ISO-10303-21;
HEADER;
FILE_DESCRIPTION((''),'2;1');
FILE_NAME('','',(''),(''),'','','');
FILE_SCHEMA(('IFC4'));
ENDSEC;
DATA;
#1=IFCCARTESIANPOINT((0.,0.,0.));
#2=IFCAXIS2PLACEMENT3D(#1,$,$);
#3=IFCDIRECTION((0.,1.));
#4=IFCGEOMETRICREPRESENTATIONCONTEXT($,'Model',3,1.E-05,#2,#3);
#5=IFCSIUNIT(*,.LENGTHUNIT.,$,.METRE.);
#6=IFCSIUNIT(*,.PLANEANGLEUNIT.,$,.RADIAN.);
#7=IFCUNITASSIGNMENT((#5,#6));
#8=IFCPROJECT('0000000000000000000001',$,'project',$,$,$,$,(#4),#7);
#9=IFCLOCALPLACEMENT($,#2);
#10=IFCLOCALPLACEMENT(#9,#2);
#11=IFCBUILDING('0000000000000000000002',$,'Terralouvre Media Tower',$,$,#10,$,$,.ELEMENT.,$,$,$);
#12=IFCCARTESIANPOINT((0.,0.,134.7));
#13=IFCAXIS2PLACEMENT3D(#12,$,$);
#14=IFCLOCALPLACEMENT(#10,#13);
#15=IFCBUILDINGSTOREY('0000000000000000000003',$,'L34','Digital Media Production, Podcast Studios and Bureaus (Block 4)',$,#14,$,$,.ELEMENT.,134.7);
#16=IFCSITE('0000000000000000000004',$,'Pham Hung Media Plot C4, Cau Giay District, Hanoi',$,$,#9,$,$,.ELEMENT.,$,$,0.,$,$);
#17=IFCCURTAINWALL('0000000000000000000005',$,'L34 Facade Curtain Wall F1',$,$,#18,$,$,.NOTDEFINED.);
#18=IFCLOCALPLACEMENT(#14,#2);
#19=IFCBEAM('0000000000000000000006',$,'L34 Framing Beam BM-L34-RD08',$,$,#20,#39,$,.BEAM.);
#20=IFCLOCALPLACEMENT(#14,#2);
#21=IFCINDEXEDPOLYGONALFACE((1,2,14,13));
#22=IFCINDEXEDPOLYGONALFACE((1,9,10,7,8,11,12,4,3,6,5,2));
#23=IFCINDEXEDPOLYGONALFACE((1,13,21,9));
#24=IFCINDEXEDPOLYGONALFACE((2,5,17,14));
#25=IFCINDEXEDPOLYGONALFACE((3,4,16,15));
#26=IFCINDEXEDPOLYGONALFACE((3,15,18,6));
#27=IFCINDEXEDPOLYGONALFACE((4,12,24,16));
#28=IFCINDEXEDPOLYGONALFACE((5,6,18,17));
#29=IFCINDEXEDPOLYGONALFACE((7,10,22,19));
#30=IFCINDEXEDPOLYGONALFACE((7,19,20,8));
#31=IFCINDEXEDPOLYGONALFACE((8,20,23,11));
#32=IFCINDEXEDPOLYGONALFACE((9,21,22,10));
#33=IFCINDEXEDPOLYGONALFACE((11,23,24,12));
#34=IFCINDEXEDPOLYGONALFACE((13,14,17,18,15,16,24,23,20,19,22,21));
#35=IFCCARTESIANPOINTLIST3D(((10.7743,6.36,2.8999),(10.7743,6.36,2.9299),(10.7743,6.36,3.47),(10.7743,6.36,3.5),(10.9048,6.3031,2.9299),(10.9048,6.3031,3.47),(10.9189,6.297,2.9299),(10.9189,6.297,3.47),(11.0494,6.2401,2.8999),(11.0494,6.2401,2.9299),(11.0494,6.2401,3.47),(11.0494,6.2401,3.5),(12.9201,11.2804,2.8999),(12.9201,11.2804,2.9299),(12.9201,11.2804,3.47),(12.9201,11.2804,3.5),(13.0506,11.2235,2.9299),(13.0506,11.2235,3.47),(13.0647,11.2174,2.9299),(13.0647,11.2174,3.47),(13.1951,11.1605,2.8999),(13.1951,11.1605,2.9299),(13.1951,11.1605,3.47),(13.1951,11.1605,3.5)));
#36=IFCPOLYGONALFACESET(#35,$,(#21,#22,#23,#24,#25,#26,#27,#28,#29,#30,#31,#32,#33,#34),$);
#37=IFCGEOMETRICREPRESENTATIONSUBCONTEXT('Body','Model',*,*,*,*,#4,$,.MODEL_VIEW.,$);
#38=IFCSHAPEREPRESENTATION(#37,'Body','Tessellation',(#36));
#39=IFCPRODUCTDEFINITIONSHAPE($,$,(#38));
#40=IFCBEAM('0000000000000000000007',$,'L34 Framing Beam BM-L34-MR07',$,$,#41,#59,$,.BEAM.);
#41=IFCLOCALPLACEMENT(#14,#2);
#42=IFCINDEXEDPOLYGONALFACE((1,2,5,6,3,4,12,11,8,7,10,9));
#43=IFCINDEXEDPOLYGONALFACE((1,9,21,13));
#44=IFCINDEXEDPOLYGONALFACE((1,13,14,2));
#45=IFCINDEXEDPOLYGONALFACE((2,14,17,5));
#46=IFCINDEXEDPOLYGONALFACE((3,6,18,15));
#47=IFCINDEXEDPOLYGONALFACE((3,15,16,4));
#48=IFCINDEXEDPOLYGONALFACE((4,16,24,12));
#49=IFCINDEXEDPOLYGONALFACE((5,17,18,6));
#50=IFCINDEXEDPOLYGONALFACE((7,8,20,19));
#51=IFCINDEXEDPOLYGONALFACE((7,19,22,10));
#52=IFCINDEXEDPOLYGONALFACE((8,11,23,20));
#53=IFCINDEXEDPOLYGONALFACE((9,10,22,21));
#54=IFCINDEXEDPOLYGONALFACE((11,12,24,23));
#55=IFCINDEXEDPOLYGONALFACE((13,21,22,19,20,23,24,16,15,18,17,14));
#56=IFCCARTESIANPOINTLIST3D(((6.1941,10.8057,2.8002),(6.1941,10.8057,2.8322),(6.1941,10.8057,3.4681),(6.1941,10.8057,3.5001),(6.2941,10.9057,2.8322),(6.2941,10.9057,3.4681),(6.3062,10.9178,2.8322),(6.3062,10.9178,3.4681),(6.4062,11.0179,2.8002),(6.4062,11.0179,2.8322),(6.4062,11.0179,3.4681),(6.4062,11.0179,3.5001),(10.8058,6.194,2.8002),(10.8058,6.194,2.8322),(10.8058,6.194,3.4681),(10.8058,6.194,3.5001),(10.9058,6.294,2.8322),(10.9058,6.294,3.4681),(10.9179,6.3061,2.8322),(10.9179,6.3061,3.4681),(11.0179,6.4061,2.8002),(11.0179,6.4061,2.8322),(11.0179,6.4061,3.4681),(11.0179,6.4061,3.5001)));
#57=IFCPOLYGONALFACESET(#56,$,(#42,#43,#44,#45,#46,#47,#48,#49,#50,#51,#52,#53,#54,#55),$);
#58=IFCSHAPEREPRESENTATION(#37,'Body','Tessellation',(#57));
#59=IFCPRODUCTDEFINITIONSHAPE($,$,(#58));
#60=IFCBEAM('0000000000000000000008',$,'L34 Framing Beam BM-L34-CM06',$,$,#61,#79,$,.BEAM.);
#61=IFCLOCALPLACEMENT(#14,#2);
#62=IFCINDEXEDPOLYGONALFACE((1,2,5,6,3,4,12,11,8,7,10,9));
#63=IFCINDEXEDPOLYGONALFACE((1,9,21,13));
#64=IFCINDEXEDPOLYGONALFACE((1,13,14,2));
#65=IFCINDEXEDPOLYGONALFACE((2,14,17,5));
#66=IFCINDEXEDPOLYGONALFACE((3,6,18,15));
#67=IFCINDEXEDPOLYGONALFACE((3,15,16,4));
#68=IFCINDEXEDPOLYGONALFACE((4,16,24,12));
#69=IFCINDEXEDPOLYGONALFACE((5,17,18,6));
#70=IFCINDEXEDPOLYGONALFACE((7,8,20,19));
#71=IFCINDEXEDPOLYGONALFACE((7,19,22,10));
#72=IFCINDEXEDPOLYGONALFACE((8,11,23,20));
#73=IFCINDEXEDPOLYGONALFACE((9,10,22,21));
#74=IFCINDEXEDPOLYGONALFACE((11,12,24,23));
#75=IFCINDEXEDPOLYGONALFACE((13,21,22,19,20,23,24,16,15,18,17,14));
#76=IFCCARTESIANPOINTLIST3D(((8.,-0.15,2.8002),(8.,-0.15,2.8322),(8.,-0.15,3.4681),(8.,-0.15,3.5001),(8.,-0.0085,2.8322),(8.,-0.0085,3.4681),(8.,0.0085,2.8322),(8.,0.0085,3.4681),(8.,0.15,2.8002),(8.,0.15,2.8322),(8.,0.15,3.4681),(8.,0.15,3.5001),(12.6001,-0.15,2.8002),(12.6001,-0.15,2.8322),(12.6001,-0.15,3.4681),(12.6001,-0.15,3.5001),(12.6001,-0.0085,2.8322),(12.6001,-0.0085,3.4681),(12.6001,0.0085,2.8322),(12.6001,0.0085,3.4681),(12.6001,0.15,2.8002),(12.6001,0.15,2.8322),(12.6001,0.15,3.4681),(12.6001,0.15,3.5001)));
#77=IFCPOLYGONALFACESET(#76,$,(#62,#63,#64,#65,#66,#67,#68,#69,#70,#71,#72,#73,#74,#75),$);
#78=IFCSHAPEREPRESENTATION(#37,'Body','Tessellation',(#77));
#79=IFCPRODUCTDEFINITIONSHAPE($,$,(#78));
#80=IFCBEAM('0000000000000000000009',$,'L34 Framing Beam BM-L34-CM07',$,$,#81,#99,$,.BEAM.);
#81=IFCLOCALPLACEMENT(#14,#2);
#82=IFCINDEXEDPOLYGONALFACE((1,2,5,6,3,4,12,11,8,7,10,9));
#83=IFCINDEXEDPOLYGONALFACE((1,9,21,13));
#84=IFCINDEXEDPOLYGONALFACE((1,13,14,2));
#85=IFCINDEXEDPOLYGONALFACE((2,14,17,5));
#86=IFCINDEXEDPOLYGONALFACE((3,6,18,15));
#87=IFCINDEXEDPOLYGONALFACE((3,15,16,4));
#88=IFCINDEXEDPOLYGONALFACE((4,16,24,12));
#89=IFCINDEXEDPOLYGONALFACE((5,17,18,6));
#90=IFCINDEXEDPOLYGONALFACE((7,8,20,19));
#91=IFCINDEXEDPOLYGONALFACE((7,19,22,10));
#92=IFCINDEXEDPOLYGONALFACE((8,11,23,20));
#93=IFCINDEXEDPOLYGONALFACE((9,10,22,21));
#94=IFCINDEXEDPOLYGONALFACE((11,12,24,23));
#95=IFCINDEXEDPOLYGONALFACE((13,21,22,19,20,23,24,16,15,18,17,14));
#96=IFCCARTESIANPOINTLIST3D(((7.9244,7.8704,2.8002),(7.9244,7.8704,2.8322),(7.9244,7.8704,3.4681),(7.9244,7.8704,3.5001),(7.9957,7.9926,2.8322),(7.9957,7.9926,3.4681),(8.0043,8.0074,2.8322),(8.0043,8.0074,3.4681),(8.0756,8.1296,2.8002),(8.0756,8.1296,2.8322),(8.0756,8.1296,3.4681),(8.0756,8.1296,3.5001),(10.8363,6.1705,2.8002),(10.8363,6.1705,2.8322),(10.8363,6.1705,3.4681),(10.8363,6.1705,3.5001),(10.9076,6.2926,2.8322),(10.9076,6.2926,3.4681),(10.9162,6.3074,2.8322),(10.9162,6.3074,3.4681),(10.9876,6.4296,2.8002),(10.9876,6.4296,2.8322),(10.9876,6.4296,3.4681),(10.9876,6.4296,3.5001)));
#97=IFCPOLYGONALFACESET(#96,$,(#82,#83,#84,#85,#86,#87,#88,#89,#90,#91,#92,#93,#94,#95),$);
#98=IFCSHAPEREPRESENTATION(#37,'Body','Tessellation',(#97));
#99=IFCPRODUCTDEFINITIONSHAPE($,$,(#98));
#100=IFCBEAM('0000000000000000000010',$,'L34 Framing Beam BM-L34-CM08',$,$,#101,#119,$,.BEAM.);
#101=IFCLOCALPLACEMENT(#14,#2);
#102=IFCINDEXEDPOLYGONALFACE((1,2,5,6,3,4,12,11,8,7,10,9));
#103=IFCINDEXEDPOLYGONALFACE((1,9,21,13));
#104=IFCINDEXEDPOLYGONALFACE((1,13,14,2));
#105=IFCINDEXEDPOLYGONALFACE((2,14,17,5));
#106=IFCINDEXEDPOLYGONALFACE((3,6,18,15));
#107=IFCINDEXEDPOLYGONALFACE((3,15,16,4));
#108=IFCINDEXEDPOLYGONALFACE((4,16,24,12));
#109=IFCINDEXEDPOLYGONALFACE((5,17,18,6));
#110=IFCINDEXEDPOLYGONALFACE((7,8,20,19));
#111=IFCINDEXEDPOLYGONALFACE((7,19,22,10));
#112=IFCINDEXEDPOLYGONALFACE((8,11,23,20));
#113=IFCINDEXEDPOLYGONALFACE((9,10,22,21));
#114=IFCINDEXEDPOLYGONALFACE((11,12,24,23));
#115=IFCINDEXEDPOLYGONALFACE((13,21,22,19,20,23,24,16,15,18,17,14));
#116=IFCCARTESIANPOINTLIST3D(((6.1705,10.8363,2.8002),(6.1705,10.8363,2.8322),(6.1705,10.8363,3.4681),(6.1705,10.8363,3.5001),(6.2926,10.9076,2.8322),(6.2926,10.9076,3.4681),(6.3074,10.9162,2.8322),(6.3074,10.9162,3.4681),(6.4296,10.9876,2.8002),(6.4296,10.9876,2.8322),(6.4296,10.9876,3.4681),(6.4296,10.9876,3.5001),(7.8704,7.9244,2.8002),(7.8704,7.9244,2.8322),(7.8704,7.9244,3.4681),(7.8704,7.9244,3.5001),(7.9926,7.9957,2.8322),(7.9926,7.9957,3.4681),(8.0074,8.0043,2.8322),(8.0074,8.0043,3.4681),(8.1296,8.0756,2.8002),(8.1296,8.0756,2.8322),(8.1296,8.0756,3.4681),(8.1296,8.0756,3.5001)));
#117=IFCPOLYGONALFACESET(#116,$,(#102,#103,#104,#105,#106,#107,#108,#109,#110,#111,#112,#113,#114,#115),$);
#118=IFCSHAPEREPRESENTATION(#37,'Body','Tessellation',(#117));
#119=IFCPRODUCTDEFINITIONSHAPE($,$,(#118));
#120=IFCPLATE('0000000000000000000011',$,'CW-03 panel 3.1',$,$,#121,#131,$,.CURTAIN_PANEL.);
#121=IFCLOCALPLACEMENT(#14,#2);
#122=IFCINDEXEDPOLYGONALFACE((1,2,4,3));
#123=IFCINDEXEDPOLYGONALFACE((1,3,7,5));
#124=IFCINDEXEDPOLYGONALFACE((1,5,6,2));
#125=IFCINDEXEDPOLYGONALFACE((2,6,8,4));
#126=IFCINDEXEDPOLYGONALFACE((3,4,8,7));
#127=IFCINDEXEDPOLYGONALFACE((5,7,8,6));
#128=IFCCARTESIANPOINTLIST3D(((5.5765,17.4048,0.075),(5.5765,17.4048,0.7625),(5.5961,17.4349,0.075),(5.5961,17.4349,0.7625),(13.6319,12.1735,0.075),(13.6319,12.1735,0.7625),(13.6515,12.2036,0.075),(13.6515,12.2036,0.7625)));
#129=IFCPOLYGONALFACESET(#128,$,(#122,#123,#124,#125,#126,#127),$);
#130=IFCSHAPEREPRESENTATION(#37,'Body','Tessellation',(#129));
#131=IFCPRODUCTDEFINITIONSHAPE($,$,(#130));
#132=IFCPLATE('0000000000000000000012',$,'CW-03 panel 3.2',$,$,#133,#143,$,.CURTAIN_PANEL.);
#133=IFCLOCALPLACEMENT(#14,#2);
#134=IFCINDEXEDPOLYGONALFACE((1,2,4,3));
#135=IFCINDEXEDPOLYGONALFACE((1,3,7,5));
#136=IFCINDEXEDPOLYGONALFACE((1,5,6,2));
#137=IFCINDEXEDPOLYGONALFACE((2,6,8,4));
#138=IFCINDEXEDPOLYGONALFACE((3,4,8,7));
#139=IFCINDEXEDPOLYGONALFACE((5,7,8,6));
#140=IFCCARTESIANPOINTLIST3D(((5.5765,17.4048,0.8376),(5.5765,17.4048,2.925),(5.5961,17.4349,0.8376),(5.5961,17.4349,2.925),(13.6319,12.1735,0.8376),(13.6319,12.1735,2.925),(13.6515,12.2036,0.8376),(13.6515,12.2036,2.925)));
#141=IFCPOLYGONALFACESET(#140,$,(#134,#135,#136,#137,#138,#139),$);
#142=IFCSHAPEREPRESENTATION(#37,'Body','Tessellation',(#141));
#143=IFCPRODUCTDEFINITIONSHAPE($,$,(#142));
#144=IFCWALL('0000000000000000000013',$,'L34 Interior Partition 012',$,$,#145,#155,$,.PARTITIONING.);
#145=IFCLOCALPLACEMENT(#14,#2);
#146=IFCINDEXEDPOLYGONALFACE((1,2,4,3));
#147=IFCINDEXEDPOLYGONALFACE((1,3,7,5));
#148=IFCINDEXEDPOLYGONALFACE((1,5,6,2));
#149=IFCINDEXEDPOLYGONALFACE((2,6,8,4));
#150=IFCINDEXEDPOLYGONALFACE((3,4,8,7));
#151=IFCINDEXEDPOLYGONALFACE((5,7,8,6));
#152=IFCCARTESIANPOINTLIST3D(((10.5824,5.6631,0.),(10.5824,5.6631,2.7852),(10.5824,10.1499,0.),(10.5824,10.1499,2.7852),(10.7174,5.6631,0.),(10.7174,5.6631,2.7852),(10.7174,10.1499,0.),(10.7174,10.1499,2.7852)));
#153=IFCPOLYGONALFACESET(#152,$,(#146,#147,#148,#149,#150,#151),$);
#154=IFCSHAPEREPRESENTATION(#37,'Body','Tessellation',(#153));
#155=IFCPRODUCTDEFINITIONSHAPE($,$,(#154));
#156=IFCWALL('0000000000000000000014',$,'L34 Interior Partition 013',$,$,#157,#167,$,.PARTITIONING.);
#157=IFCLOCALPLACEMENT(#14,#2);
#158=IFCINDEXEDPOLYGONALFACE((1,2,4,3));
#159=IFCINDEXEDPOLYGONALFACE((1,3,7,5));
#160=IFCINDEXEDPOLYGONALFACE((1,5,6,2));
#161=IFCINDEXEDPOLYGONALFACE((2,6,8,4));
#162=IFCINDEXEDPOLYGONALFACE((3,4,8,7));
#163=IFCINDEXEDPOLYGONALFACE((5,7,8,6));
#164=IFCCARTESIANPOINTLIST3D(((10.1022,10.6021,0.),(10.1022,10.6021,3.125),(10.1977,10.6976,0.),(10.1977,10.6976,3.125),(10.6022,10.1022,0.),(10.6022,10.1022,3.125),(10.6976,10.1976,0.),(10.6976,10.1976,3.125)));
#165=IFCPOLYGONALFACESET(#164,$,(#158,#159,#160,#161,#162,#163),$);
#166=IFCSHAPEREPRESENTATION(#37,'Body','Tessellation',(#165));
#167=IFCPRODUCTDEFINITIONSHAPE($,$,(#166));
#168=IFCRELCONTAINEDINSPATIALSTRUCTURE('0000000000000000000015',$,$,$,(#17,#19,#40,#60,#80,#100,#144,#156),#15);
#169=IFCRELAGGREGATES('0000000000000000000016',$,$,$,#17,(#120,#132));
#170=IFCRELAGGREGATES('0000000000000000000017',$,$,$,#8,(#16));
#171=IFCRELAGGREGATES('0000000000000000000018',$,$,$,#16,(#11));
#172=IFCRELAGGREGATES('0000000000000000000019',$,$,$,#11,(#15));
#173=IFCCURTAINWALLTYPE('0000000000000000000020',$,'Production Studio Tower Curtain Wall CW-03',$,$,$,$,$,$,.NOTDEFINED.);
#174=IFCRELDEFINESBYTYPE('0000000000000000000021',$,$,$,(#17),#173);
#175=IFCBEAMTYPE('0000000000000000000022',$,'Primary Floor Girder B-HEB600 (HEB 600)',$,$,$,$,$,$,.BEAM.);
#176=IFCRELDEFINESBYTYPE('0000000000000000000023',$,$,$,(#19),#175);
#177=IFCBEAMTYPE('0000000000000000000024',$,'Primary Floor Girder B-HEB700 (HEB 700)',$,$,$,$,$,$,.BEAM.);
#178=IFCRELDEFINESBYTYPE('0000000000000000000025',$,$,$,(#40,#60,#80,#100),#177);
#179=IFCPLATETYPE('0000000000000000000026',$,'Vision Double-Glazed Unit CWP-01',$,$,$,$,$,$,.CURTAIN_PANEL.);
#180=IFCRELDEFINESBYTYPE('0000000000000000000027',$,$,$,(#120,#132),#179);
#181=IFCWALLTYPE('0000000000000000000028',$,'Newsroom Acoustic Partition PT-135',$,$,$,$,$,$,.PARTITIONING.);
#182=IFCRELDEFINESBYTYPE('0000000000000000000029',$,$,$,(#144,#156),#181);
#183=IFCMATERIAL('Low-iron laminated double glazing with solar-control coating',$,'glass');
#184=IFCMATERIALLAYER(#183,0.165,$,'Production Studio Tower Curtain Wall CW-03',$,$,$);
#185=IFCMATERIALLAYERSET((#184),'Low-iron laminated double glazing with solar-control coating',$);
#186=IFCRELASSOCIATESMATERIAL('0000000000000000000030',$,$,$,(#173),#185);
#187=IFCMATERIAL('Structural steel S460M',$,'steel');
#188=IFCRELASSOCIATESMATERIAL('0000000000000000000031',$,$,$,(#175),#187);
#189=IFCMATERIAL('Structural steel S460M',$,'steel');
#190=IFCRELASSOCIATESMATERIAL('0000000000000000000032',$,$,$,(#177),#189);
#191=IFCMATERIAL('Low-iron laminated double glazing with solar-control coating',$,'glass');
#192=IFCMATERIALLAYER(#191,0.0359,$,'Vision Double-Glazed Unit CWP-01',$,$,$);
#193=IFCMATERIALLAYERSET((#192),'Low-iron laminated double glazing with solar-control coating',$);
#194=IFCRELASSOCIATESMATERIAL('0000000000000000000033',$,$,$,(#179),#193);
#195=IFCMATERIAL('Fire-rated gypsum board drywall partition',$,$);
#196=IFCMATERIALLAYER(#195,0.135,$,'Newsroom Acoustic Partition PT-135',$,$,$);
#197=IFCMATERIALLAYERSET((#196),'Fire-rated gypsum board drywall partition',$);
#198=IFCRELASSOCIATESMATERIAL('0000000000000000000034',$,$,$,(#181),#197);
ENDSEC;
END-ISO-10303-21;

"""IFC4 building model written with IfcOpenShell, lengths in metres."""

from ifc_helpers import new_model, si_unit, direction, frame, frame_2d, origin, origin_2d, place, context, subcontext, project, spatial, rectangle, i_section, extrude, material, layer, layer_set, material_profile, profile_set, type_object, element, aggregate, save


model = new_model("IFC4")

# Units and contexts
model_context = context("Model", 3, precision=1e-05, world=origin(), true_north=direction((0.0, 1.0)))
body_context = subcontext(model_context, "Body", "Model", "MODEL_VIEW")
ifc_project = project(units=[si_unit("LENGTHUNIT", "METRE"), si_unit("PLANEANGLEUNIT", "RADIAN")], contexts=[model_context])

# Site, building, storey
site_placement = place(None, origin())
site = spatial("IfcSite", under=ifc_project, at=site_placement, Name="Pham Hung Media Plot C4, Cau Giay District, Hanoi", CompositionType="ELEMENT", RefElevation=0.0)
building_placement = place(site_placement, origin())
building = spatial("IfcBuilding", under=site, at=building_placement, Name="Terralouvre Media Tower", CompositionType="ELEMENT")
storey_placement = place(building_placement, frame((0.0, 0.0, 134.7)))
storey = spatial("IfcBuildingStorey", under=building, at=storey_placement, Name="L34", Description="Digital Media Production, Podcast Studios and Bureaus (Block 4)", CompositionType="ELEMENT", Elevation=134.7)

# Curtain wall
ifc_material_1 = material(Name="Low-iron laminated double glazing with solar-control coating", Category="glass")
ifc_layer_1 = layer(ifc_material_1, 0.165, Name="Production Studio Tower Curtain Wall CW-03")
ifc_layer_set_1 = layer_set([ifc_layer_1], Name="Low-iron laminated double glazing with solar-control coating")
curtain_wall_type = type_object("IfcCurtainWallType", Name="Production Studio Tower Curtain Wall CW-03", PredefinedType="NOTDEFINED", material=ifc_layer_set_1)
curtain_wall_placement = place(storey_placement, origin())
curtain_wall = element("IfcCurtainWall", 1, at=curtain_wall_placement, inside=storey, type_object=curtain_wall_type, Name="L34 Facade Curtain Wall F1", PredefinedType="NOTDEFINED")

# Beams
ifc_material_2 = material(Name="Structural steel S460M", Category="steel")
ifc_material_profile_1 = material_profile(ifc_material_2, i_section(OverallWidth=0.3, OverallDepth=0.6001, WebThickness=0.0154, FlangeThickness=0.03, at=origin_2d()), Name="HEB 600")
ifc_profile_set_1 = profile_set([ifc_material_profile_1], Name="Structural steel S460M")
beam_type_1 = type_object("IfcBeamType", Name="Primary Floor Girder B-HEB600 (HEB 600)", PredefinedType="BEAM", material=ifc_profile_set_1)
beam_1_placement = place(storey_placement, frame((10.9119, 6.3, 3.2), z_axis=(0.399735, 0.916631, 0.0), x_axis=(-0.916631, 0.399735, 0.0)))
element("IfcBeam", 2, at=beam_1_placement, inside=storey, type_object=beam_type_1, Name="L34 Framing Beam BM-L34-RD08", PredefinedType="BEAM", context=body_context, shape_type="SweptSolid", body=[
    extrude(i_section(OverallWidth=0.3, OverallDepth=0.6001, WebThickness=0.0154, FlangeThickness=0.03, at=origin_2d()), origin(), (0.0, 0.0, 1.0), 5.3679),
])
ifc_material_3 = material(Name="Structural steel S460M", Category="steel")
ifc_material_profile_2 = material_profile(ifc_material_3, i_section(OverallWidth=0.3, OverallDepth=0.7, WebThickness=0.0171, FlangeThickness=0.032, at=origin_2d()), Name="HEB 700")
ifc_profile_set_2 = profile_set([ifc_material_profile_2], Name="Structural steel S460M")
beam_type_2 = type_object("IfcBeamType", Name="Primary Floor Girder B-HEB700 (HEB 700)", PredefinedType="BEAM", material=ifc_profile_set_2)
beam_2_placement = place(storey_placement, frame((10.9119, 6.3, 3.1501), z_axis=(-0.707107, 0.707107, 0.0), x_axis=(-0.707107, -0.707107, 0.0)))
element("IfcBeam", 3, at=beam_2_placement, inside=storey, type_object=beam_type_2, Name="L34 Framing Beam BM-L34-MR07", PredefinedType="BEAM", context=body_context, shape_type="SweptSolid", body=[
    extrude(i_section(OverallWidth=0.3, OverallDepth=0.7, WebThickness=0.0171, FlangeThickness=0.032, at=origin_2d()), origin(), (0.0, 0.0, 1.0), 6.522),
])
beam_3_placement = place(storey_placement, frame((8.0, 0.0, 3.1501), z_axis=(1.0, 0.0, 0.0), x_axis=(0.0, 1.0, 0.0)))
element("IfcBeam", 4, at=beam_3_placement, inside=storey, type_object=beam_type_2, Name="L34 Framing Beam BM-L34-CM06", PredefinedType="BEAM", context=body_context, shape_type="SweptSolid", body=[
    extrude(i_section(OverallWidth=0.3, OverallDepth=0.7, WebThickness=0.0171, FlangeThickness=0.032, at=origin_2d()), origin(), (0.0, 0.0, 1.0), 4.6001),
])
for number, where, z_axis, x_axis, name in (
    (5, (8.0, 8.0, 3.1501), (0.863603, -0.504173, 0.0), (0.504173, 0.863603, 0.0), "L34 Framing Beam BM-L34-CM07"),
    (6, (8.0, 8.0, 3.1501), (-0.504173, 0.863603, 0.0), (-0.863603, -0.504173, 0.0), "L34 Framing Beam BM-L34-CM08"),
):
    element("IfcBeam", number, at=place(storey_placement, frame(where, z_axis=z_axis, x_axis=x_axis)), inside=storey, type_object=beam_type_2, Name=name, PredefinedType="BEAM", context=body_context, shape_type="SweptSolid", body=[
        extrude(i_section(OverallWidth=0.3, OverallDepth=0.7, WebThickness=0.0171, FlangeThickness=0.032, at=origin_2d()), origin(), (0.0, 0.0, 1.0), 3.3718),
    ])

# Plates
ifc_material_4 = material(Name="Low-iron laminated double glazing with solar-control coating", Category="glass")
ifc_layer_2 = layer(ifc_material_4, 0.0359, Name="Vision Double-Glazed Unit CWP-01")
ifc_layer_set_2 = layer_set([ifc_layer_2], Name="Low-iron laminated double glazing with solar-control coating")
plate_type = type_object("IfcPlateType", Name="Vision Double-Glazed Unit CWP-01", PredefinedType="CURTAIN_PANEL", material=ifc_layer_set_2)
plate_1_placement = place(storey_placement, frame((9.614, 14.8042, 0.075), z_axis=(0.0, 0.0, 1.0), x_axis=(-0.838671, 0.544639, 0.0)))
plate_1 = element("IfcPlate", 7, at=plate_1_placement, type_object=plate_type, Name="CW-03 panel 3.1", PredefinedType="CURTAIN_PANEL", context=body_context, shape_type="SweptSolid", body=[
    extrude(rectangle(XDim=9.605, YDim=0.0359, at=origin_2d()), origin(), (0.0, 0.0, 1.0), 0.6875),
])
plate_2_placement = place(storey_placement, frame((9.614, 14.8042, 0.8376), z_axis=(0.0, 0.0, 1.0), x_axis=(-0.838671, 0.544639, 0.0)))
plate_2 = element("IfcPlate", 8, at=plate_2_placement, type_object=plate_type, Name="CW-03 panel 3.2", PredefinedType="CURTAIN_PANEL", context=body_context, shape_type="SweptSolid", body=[
    extrude(rectangle(XDim=9.605, YDim=0.0359, at=origin_2d()), origin(), (0.0, 0.0, 1.0), 2.0874),
])
aggregate(curtain_wall, [plate_1, plate_2])

# Walls
ifc_material_5 = material(Name="Fire-rated gypsum board drywall partition")
ifc_layer_3 = layer(ifc_material_5, 0.135, Name="Newsroom Acoustic Partition PT-135")
ifc_layer_set_3 = layer_set([ifc_layer_3], Name="Fire-rated gypsum board drywall partition")
wall_type = type_object("IfcWallType", Name="Newsroom Acoustic Partition PT-135", PredefinedType="PARTITIONING", material=ifc_layer_set_3)
wall_1_placement = place(storey_placement, frame((10.6499, 5.6631, 0.0), z_axis=(0.0, 0.0, 1.0), x_axis=(0.0, 1.0, 0.0)))
element("IfcWall", 9, at=wall_1_placement, inside=storey, type_object=wall_type, Name="L34 Interior Partition 012", PredefinedType="PARTITIONING", context=body_context, shape_type="SweptSolid", body=[
    extrude(rectangle(XDim=4.4868, YDim=0.135, at=frame_2d((2.2434, 0.0))), origin(), (0.0, 0.0, 1.0), 2.7852),
])
wall_2_placement = place(storey_placement, frame((10.6499, 10.1499, 0.0), z_axis=(0.0, 0.0, 1.0), x_axis=(-0.707107, 0.707107, 0.0)))
element("IfcWall", 10, at=wall_2_placement, inside=storey, type_object=wall_type, Name="L34 Interior Partition 013", PredefinedType="PARTITIONING", context=body_context, shape_type="SweptSolid", body=[
    extrude(rectangle(XDim=0.707, YDim=0.135, at=frame_2d((0.3535, 0.0))), origin(), (0.0, 0.0, 1.0), 3.125),
])

save(model, "model.ifc")
